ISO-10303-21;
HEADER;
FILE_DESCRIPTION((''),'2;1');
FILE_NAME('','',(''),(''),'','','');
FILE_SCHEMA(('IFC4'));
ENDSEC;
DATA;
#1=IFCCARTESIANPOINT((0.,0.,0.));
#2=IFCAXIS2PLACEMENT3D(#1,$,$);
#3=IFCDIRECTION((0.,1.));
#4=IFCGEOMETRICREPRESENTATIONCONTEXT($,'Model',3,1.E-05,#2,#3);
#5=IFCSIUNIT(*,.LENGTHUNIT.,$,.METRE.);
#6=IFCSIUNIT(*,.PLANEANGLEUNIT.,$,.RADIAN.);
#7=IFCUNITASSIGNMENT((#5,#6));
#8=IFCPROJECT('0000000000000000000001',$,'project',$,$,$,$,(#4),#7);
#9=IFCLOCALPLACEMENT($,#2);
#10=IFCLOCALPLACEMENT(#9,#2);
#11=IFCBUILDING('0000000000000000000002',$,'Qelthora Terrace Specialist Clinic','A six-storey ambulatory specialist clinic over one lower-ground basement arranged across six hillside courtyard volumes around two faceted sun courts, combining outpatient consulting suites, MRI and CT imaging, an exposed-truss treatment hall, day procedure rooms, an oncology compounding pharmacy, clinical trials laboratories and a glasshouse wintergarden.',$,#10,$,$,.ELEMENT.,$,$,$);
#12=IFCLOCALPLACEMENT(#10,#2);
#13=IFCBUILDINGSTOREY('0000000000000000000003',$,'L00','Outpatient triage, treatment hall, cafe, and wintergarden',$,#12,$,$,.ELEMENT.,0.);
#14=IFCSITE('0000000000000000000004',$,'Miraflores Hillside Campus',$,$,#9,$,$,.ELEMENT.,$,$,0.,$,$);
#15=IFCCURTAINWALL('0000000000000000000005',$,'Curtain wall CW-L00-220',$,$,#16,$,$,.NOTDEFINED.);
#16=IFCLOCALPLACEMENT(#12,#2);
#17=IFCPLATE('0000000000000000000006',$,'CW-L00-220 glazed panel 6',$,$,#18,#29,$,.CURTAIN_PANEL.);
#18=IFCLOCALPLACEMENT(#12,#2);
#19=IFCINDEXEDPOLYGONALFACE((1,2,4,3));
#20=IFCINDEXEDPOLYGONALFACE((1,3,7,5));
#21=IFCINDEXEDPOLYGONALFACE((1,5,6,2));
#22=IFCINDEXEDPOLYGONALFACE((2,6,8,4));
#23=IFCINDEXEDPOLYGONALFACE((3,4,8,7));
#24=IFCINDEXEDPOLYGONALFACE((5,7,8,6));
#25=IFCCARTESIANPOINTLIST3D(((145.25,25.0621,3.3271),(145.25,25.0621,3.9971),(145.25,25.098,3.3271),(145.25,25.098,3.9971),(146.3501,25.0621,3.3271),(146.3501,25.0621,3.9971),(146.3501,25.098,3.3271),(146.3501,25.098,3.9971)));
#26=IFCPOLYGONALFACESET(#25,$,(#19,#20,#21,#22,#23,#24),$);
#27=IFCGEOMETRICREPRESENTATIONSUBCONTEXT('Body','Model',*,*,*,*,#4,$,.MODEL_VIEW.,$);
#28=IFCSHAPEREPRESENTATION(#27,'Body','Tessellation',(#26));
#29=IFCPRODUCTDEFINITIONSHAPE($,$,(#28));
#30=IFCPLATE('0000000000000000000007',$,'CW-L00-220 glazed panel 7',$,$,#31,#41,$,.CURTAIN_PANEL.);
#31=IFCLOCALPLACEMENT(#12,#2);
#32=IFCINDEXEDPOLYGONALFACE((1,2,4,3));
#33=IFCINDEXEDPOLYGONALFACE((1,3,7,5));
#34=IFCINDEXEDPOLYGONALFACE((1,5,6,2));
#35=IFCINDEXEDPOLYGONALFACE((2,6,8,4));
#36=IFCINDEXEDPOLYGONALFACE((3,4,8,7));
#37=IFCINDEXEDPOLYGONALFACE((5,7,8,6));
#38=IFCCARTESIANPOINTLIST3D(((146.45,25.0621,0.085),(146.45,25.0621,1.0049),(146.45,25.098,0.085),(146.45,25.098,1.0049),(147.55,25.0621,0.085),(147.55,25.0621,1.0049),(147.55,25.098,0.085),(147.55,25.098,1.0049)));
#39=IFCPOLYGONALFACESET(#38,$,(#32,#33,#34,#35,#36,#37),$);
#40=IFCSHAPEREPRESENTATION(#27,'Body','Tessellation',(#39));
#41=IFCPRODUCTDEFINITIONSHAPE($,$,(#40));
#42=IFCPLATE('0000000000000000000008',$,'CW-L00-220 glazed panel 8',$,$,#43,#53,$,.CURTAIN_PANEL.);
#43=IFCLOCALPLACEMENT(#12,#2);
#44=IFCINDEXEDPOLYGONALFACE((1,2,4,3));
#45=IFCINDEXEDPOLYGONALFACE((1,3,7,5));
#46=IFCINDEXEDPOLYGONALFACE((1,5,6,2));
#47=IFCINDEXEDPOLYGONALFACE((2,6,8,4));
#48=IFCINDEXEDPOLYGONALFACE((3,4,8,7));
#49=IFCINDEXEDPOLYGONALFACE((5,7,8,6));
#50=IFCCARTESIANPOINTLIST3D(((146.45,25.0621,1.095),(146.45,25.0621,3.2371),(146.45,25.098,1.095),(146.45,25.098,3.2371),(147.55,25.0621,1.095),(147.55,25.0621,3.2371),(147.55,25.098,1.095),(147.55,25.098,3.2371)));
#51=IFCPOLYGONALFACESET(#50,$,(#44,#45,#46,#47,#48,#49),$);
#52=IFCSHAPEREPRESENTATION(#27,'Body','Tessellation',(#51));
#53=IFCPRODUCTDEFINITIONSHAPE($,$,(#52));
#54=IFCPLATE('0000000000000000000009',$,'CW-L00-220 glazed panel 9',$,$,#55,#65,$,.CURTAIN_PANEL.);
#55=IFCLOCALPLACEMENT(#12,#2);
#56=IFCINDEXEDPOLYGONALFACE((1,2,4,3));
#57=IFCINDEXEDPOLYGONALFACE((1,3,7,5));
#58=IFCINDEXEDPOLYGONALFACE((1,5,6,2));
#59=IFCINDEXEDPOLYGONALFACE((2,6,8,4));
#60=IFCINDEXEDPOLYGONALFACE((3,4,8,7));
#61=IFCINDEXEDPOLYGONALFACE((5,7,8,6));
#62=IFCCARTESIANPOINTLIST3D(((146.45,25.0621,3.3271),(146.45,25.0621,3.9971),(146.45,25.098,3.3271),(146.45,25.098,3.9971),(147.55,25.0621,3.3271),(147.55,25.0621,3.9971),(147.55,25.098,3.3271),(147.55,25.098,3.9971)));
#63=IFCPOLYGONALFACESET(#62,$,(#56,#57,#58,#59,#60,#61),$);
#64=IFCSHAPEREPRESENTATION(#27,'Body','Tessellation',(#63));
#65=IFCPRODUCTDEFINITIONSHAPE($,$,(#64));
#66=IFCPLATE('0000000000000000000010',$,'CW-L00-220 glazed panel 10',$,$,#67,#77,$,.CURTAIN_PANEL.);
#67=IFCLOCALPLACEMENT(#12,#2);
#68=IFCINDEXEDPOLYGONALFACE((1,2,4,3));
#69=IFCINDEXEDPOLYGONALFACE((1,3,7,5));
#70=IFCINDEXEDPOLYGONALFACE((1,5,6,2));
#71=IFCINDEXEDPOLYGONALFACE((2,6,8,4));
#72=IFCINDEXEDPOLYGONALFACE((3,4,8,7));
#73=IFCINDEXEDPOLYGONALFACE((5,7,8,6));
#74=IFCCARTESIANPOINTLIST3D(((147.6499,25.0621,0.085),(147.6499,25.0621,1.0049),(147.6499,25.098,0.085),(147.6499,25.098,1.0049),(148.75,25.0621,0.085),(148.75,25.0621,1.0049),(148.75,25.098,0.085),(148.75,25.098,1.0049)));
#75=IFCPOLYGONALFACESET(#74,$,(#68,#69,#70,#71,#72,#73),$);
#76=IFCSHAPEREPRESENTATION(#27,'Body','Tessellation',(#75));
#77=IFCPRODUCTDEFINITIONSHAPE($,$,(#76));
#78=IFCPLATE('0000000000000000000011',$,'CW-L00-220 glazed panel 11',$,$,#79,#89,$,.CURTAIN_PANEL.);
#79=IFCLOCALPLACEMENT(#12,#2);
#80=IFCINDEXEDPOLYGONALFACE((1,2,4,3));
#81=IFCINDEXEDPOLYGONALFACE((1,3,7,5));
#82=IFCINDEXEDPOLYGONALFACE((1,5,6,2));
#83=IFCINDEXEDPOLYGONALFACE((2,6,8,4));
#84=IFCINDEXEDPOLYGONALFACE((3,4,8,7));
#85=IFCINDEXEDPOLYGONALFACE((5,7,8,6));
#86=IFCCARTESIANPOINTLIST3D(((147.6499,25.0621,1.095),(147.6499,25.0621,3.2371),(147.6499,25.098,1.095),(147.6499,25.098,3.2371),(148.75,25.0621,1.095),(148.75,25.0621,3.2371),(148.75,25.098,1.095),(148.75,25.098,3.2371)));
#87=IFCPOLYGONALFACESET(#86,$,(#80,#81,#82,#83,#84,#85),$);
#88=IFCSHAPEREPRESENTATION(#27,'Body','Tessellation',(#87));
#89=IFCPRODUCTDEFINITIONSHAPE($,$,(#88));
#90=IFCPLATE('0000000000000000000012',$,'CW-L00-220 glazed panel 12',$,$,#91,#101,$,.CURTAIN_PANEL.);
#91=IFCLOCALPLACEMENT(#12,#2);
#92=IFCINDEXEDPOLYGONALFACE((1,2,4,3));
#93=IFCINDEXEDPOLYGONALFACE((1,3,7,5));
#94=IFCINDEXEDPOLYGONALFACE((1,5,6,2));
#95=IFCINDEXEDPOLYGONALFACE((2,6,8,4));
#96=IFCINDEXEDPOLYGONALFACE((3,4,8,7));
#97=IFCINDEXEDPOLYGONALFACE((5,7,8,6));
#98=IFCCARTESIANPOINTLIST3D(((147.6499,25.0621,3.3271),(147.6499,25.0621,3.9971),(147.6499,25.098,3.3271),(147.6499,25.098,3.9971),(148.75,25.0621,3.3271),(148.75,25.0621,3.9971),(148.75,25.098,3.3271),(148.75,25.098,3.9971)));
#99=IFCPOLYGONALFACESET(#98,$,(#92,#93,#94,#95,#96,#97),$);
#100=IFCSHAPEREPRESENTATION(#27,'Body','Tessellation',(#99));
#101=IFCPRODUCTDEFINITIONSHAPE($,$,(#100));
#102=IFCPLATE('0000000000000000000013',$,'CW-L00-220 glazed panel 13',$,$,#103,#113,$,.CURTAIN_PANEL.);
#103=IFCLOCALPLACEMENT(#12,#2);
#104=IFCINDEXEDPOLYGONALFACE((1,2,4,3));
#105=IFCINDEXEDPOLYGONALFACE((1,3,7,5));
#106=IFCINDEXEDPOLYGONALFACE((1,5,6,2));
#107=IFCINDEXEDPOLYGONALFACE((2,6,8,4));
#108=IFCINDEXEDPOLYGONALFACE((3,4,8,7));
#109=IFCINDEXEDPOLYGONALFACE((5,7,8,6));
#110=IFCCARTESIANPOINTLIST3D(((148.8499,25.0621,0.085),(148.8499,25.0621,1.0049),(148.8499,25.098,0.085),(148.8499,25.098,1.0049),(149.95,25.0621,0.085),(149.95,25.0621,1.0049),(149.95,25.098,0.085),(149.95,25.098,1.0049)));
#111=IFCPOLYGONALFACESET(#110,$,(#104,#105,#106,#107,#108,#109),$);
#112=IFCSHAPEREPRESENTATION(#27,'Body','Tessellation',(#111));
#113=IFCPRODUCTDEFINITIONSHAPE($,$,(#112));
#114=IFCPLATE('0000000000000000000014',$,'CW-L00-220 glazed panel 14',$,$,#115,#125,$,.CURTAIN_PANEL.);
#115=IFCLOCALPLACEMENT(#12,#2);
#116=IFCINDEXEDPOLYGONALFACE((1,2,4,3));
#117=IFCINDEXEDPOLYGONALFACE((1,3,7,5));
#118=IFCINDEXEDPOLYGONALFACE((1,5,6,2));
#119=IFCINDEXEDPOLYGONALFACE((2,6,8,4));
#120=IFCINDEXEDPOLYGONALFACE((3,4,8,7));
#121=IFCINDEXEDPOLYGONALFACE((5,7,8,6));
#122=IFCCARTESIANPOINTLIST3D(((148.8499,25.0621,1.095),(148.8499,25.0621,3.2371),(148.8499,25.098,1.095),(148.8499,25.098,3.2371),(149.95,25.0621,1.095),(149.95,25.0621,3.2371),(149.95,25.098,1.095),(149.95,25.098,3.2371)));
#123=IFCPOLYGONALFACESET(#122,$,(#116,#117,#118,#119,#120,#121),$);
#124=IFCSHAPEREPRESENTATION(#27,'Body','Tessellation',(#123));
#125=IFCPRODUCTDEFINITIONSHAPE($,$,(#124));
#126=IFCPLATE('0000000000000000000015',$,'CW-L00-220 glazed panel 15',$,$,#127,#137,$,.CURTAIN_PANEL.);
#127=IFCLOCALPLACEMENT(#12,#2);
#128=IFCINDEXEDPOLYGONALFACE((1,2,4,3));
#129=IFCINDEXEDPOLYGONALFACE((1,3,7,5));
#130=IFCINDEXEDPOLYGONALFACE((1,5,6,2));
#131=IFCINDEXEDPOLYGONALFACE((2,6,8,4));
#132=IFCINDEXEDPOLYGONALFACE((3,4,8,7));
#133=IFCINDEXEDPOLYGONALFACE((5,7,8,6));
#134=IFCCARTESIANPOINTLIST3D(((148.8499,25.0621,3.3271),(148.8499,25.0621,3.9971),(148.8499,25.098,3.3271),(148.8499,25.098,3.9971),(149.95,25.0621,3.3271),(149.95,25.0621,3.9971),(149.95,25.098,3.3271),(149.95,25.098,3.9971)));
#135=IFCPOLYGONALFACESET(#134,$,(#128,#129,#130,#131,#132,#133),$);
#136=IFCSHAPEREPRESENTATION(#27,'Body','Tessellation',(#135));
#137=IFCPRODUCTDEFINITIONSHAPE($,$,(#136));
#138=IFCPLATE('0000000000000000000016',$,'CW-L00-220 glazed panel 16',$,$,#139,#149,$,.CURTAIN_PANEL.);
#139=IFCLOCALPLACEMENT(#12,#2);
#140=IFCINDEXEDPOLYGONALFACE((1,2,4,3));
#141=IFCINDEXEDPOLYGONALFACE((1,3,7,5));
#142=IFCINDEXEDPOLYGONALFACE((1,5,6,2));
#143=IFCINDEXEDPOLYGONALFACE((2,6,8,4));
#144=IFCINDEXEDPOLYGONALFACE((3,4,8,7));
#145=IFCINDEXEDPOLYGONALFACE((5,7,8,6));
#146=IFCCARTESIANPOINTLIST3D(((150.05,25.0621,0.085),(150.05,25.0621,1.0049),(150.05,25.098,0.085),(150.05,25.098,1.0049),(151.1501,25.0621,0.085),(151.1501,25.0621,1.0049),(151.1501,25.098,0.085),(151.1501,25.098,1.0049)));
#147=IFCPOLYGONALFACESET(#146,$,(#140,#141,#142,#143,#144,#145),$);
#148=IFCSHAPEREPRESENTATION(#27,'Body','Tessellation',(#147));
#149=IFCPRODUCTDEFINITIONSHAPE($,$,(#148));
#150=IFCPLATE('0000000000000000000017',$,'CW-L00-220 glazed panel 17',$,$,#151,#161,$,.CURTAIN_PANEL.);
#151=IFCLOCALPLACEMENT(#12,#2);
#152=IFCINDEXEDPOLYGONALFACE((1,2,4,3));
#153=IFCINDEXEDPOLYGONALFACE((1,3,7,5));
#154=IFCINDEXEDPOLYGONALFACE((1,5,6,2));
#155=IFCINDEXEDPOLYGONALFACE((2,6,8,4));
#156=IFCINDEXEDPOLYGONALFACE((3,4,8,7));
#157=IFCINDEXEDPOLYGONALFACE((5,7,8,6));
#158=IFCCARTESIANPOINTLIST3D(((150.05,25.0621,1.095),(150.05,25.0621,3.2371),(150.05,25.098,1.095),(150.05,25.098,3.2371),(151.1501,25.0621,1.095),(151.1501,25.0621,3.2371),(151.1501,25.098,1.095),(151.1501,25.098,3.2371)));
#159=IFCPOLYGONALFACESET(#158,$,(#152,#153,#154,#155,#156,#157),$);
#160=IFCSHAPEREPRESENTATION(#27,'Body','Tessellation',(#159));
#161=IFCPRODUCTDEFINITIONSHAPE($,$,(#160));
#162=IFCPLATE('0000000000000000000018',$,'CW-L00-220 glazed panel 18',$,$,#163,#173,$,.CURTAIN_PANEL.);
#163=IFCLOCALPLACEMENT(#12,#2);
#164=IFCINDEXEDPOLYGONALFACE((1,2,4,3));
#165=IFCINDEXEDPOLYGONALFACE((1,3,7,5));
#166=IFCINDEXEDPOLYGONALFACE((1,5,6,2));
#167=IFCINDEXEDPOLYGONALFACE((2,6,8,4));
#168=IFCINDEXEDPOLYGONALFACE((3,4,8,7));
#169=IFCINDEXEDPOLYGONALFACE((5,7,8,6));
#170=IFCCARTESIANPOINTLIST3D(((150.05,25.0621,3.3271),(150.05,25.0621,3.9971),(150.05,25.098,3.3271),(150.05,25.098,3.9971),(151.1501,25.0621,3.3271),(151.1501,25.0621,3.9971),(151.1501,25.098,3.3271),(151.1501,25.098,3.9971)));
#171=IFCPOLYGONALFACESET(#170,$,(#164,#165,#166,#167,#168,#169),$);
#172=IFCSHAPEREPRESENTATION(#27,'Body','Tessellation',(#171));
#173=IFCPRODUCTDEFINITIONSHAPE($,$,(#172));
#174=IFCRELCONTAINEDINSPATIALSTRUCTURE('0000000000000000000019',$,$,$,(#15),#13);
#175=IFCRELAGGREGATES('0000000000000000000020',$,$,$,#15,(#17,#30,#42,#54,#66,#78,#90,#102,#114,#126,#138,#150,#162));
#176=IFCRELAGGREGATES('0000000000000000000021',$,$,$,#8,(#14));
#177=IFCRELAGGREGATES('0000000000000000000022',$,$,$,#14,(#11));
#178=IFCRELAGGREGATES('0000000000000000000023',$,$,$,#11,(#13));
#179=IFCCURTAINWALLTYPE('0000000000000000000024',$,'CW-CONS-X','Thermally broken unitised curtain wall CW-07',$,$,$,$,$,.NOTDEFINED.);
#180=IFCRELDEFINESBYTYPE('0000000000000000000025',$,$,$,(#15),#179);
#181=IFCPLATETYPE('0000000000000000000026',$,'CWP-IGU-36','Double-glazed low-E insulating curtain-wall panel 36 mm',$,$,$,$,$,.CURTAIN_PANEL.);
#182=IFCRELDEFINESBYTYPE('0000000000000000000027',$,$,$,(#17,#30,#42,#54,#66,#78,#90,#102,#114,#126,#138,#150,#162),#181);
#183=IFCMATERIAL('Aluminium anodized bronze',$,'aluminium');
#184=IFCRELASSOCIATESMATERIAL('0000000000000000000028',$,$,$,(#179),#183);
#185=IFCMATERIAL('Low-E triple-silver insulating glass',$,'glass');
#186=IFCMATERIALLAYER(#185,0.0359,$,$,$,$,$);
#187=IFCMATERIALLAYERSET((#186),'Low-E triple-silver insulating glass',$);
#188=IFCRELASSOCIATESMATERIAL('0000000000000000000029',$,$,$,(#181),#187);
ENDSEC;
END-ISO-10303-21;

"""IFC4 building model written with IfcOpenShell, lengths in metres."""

from ifc_helpers import new_model, si_unit, direction, frame, origin, origin_2d, place, context, subcontext, project, spatial, rectangle, extrude, material, layer, layer_set, type_object, element, aggregate, save


model = new_model("IFC4")

# Units and contexts
model_context = context("Model", 3, precision=1e-05, world=origin(), true_north=direction((0.0, 1.0)))
body_context = subcontext(model_context, "Body", "Model", "MODEL_VIEW")
ifc_project = project(units=[si_unit("LENGTHUNIT", "METRE"), si_unit("PLANEANGLEUNIT", "RADIAN")], contexts=[model_context])

# Site, building, storey
site_placement = place(None, origin())
site = spatial("IfcSite", under=ifc_project, at=site_placement, Name="Miraflores Hillside Campus", CompositionType="ELEMENT", RefElevation=0.0)
building_placement = place(site_placement, origin())
building = spatial("IfcBuilding", under=site, at=building_placement, Name="Qelthora Terrace Specialist Clinic", Description="A six-storey ambulatory specialist clinic over one lower-ground basement arranged across six hillside courtyard volumes around two faceted sun courts, combining outpatient consulting suites, MRI and CT imaging, an exposed-truss treatment hall, day procedure rooms, an oncology compounding pharmacy, clinical trials laboratories and a glasshouse wintergarden.", CompositionType="ELEMENT")
storey_placement = place(building_placement, origin())
storey = spatial("IfcBuildingStorey", under=building, at=storey_placement, Name="L00", Description="Outpatient triage, treatment hall, cafe, and wintergarden", CompositionType="ELEMENT", Elevation=0.0)

# Curtain wall, plates
ifc_material_1 = material(Name="Aluminium anodized bronze", Category="aluminium")
curtain_wall_type = type_object("IfcCurtainWallType", Name="CW-CONS-X", Description="Thermally broken unitised curtain wall CW-07", PredefinedType="NOTDEFINED", material=ifc_material_1)
curtain_wall_placement = place(storey_placement, origin())
curtain_wall = element("IfcCurtainWall", 1, at=curtain_wall_placement, inside=storey, type_object=curtain_wall_type, Name="Curtain wall CW-L00-220", PredefinedType="NOTDEFINED")
ifc_material_2 = material(Name="Low-E triple-silver insulating glass", Category="glass")
ifc_layer = layer(ifc_material_2, 0.0359)
ifc_layer_set = layer_set([ifc_layer], Name="Low-E triple-silver insulating glass")
plate_type = type_object("IfcPlateType", Name="CWP-IGU-36", Description="Double-glazed low-E insulating curtain-wall panel 36 mm", PredefinedType="CURTAIN_PANEL", material=ifc_layer_set)
plate_1_placement = place(storey_placement, frame((145.8, 25.0801, 3.3271), z_axis=(0.0, 0.0, 1.0), x_axis=(1.0, 0.0, 0.0)))
plate_1 = element("IfcPlate", 2, at=plate_1_placement, type_object=plate_type, Name="CW-L00-220 glazed panel 6", PredefinedType="CURTAIN_PANEL", context=body_context, shape_type="SweptSolid", body=[
    extrude(rectangle(XDim=1.1001, YDim=0.0359, at=origin_2d()), origin(), (0.0, 0.0, 1.0), 0.6699),
])
plate_2_placement = place(storey_placement, frame((147.0, 25.0801, 0.085), z_axis=(0.0, 0.0, 1.0), x_axis=(1.0, 0.0, 0.0)))
plate_2 = element("IfcPlate", 3, at=plate_2_placement, type_object=plate_type, Name="CW-L00-220 glazed panel 7", PredefinedType="CURTAIN_PANEL", context=body_context, shape_type="SweptSolid", body=[
    extrude(rectangle(XDim=1.1001, YDim=0.0359, at=origin_2d()), origin(), (0.0, 0.0, 1.0), 0.9199),
])
plate_3_placement = place(storey_placement, frame((147.0, 25.0801, 1.095), z_axis=(0.0, 0.0, 1.0), x_axis=(1.0, 0.0, 0.0)))
plate_3 = element("IfcPlate", 4, at=plate_3_placement, type_object=plate_type, Name="CW-L00-220 glazed panel 8", PredefinedType="CURTAIN_PANEL", context=body_context, shape_type="SweptSolid", body=[
    extrude(rectangle(XDim=1.1001, YDim=0.0359, at=origin_2d()), origin(), (0.0, 0.0, 1.0), 2.1421),
])
plate_4_placement = place(storey_placement, frame((147.0, 25.0801, 3.3271), z_axis=(0.0, 0.0, 1.0), x_axis=(1.0, 0.0, 0.0)))
plate_4 = element("IfcPlate", 5, at=plate_4_placement, type_object=plate_type, Name="CW-L00-220 glazed panel 9", PredefinedType="CURTAIN_PANEL", context=body_context, shape_type="SweptSolid", body=[
    extrude(rectangle(XDim=1.1001, YDim=0.0359, at=origin_2d()), origin(), (0.0, 0.0, 1.0), 0.6699),
])
plate_5_placement = place(storey_placement, frame((148.2, 25.0801, 0.085), z_axis=(0.0, 0.0, 1.0), x_axis=(1.0, 0.0, 0.0)))
plate_5 = element("IfcPlate", 6, at=plate_5_placement, type_object=plate_type, Name="CW-L00-220 glazed panel 10", PredefinedType="CURTAIN_PANEL", context=body_context, shape_type="SweptSolid", body=[
    extrude(rectangle(XDim=1.1001, YDim=0.0359, at=origin_2d()), origin(), (0.0, 0.0, 1.0), 0.9199),
])
plate_6_placement = place(storey_placement, frame((148.2, 25.0801, 1.095), z_axis=(0.0, 0.0, 1.0), x_axis=(1.0, 0.0, 0.0)))
plate_6 = element("IfcPlate", 7, at=plate_6_placement, type_object=plate_type, Name="CW-L00-220 glazed panel 11", PredefinedType="CURTAIN_PANEL", context=body_context, shape_type="SweptSolid", body=[
    extrude(rectangle(XDim=1.1001, YDim=0.0359, at=origin_2d()), origin(), (0.0, 0.0, 1.0), 2.1421),
])
plate_7_placement = place(storey_placement, frame((148.2, 25.0801, 3.3271), z_axis=(0.0, 0.0, 1.0), x_axis=(1.0, 0.0, 0.0)))
plate_7 = element("IfcPlate", 8, at=plate_7_placement, type_object=plate_type, Name="CW-L00-220 glazed panel 12", PredefinedType="CURTAIN_PANEL", context=body_context, shape_type="SweptSolid", body=[
    extrude(rectangle(XDim=1.1001, YDim=0.0359, at=origin_2d()), origin(), (0.0, 0.0, 1.0), 0.6699),
])
plate_8_placement = place(storey_placement, frame((149.3999, 25.0801, 0.085), z_axis=(0.0, 0.0, 1.0), x_axis=(1.0, 0.0, 0.0)))
plate_8 = element("IfcPlate", 9, at=plate_8_placement, type_object=plate_type, Name="CW-L00-220 glazed panel 13", PredefinedType="CURTAIN_PANEL", context=body_context, shape_type="SweptSolid", body=[
    extrude(rectangle(XDim=1.1001, YDim=0.0359, at=origin_2d()), origin(), (0.0, 0.0, 1.0), 0.9199),
])
plate_9_placement = place(storey_placement, frame((149.3999, 25.0801, 1.095), z_axis=(0.0, 0.0, 1.0), x_axis=(1.0, 0.0, 0.0)))
plate_9 = element("IfcPlate", 10, at=plate_9_placement, type_object=plate_type, Name="CW-L00-220 glazed panel 14", PredefinedType="CURTAIN_PANEL", context=body_context, shape_type="SweptSolid", body=[
    extrude(rectangle(XDim=1.1001, YDim=0.0359, at=origin_2d()), origin(), (0.0, 0.0, 1.0), 2.1421),
])
plate_10_placement = place(storey_placement, frame((149.3999, 25.0801, 3.3271), z_axis=(0.0, 0.0, 1.0), x_axis=(1.0, 0.0, 0.0)))
plate_10 = element("IfcPlate", 11, at=plate_10_placement, type_object=plate_type, Name="CW-L00-220 glazed panel 15", PredefinedType="CURTAIN_PANEL", context=body_context, shape_type="SweptSolid", body=[
    extrude(rectangle(XDim=1.1001, YDim=0.0359, at=origin_2d()), origin(), (0.0, 0.0, 1.0), 0.6699),
])
plate_11_placement = place(storey_placement, frame((150.6001, 25.0801, 0.085), z_axis=(0.0, 0.0, 1.0), x_axis=(1.0, 0.0, 0.0)))
plate_11 = element("IfcPlate", 12, at=plate_11_placement, type_object=plate_type, Name="CW-L00-220 glazed panel 16", PredefinedType="CURTAIN_PANEL", context=body_context, shape_type="SweptSolid", body=[
    extrude(rectangle(XDim=1.1001, YDim=0.0359, at=origin_2d()), origin(), (0.0, 0.0, 1.0), 0.9199),
])
plate_12_placement = place(storey_placement, frame((150.6001, 25.0801, 1.095), z_axis=(0.0, 0.0, 1.0), x_axis=(1.0, 0.0, 0.0)))
plate_12 = element("IfcPlate", 13, at=plate_12_placement, type_object=plate_type, Name="CW-L00-220 glazed panel 17", PredefinedType="CURTAIN_PANEL", context=body_context, shape_type="SweptSolid", body=[
    extrude(rectangle(XDim=1.1001, YDim=0.0359, at=origin_2d()), origin(), (0.0, 0.0, 1.0), 2.1421),
])
plate_13_placement = place(storey_placement, frame((150.6001, 25.0801, 3.3271), z_axis=(0.0, 0.0, 1.0), x_axis=(1.0, 0.0, 0.0)))
plate_13 = element("IfcPlate", 14, at=plate_13_placement, type_object=plate_type, Name="CW-L00-220 glazed panel 18", PredefinedType="CURTAIN_PANEL", context=body_context, shape_type="SweptSolid", body=[
    extrude(rectangle(XDim=1.1001, YDim=0.0359, at=origin_2d()), origin(), (0.0, 0.0, 1.0), 0.6699),
])
aggregate(curtain_wall, [plate_1, plate_2, plate_3, plate_4, plate_5, plate_6, plate_7, plate_8, plate_9, plate_10, plate_11, plate_12, plate_13])

save(model, "model.ifc")
